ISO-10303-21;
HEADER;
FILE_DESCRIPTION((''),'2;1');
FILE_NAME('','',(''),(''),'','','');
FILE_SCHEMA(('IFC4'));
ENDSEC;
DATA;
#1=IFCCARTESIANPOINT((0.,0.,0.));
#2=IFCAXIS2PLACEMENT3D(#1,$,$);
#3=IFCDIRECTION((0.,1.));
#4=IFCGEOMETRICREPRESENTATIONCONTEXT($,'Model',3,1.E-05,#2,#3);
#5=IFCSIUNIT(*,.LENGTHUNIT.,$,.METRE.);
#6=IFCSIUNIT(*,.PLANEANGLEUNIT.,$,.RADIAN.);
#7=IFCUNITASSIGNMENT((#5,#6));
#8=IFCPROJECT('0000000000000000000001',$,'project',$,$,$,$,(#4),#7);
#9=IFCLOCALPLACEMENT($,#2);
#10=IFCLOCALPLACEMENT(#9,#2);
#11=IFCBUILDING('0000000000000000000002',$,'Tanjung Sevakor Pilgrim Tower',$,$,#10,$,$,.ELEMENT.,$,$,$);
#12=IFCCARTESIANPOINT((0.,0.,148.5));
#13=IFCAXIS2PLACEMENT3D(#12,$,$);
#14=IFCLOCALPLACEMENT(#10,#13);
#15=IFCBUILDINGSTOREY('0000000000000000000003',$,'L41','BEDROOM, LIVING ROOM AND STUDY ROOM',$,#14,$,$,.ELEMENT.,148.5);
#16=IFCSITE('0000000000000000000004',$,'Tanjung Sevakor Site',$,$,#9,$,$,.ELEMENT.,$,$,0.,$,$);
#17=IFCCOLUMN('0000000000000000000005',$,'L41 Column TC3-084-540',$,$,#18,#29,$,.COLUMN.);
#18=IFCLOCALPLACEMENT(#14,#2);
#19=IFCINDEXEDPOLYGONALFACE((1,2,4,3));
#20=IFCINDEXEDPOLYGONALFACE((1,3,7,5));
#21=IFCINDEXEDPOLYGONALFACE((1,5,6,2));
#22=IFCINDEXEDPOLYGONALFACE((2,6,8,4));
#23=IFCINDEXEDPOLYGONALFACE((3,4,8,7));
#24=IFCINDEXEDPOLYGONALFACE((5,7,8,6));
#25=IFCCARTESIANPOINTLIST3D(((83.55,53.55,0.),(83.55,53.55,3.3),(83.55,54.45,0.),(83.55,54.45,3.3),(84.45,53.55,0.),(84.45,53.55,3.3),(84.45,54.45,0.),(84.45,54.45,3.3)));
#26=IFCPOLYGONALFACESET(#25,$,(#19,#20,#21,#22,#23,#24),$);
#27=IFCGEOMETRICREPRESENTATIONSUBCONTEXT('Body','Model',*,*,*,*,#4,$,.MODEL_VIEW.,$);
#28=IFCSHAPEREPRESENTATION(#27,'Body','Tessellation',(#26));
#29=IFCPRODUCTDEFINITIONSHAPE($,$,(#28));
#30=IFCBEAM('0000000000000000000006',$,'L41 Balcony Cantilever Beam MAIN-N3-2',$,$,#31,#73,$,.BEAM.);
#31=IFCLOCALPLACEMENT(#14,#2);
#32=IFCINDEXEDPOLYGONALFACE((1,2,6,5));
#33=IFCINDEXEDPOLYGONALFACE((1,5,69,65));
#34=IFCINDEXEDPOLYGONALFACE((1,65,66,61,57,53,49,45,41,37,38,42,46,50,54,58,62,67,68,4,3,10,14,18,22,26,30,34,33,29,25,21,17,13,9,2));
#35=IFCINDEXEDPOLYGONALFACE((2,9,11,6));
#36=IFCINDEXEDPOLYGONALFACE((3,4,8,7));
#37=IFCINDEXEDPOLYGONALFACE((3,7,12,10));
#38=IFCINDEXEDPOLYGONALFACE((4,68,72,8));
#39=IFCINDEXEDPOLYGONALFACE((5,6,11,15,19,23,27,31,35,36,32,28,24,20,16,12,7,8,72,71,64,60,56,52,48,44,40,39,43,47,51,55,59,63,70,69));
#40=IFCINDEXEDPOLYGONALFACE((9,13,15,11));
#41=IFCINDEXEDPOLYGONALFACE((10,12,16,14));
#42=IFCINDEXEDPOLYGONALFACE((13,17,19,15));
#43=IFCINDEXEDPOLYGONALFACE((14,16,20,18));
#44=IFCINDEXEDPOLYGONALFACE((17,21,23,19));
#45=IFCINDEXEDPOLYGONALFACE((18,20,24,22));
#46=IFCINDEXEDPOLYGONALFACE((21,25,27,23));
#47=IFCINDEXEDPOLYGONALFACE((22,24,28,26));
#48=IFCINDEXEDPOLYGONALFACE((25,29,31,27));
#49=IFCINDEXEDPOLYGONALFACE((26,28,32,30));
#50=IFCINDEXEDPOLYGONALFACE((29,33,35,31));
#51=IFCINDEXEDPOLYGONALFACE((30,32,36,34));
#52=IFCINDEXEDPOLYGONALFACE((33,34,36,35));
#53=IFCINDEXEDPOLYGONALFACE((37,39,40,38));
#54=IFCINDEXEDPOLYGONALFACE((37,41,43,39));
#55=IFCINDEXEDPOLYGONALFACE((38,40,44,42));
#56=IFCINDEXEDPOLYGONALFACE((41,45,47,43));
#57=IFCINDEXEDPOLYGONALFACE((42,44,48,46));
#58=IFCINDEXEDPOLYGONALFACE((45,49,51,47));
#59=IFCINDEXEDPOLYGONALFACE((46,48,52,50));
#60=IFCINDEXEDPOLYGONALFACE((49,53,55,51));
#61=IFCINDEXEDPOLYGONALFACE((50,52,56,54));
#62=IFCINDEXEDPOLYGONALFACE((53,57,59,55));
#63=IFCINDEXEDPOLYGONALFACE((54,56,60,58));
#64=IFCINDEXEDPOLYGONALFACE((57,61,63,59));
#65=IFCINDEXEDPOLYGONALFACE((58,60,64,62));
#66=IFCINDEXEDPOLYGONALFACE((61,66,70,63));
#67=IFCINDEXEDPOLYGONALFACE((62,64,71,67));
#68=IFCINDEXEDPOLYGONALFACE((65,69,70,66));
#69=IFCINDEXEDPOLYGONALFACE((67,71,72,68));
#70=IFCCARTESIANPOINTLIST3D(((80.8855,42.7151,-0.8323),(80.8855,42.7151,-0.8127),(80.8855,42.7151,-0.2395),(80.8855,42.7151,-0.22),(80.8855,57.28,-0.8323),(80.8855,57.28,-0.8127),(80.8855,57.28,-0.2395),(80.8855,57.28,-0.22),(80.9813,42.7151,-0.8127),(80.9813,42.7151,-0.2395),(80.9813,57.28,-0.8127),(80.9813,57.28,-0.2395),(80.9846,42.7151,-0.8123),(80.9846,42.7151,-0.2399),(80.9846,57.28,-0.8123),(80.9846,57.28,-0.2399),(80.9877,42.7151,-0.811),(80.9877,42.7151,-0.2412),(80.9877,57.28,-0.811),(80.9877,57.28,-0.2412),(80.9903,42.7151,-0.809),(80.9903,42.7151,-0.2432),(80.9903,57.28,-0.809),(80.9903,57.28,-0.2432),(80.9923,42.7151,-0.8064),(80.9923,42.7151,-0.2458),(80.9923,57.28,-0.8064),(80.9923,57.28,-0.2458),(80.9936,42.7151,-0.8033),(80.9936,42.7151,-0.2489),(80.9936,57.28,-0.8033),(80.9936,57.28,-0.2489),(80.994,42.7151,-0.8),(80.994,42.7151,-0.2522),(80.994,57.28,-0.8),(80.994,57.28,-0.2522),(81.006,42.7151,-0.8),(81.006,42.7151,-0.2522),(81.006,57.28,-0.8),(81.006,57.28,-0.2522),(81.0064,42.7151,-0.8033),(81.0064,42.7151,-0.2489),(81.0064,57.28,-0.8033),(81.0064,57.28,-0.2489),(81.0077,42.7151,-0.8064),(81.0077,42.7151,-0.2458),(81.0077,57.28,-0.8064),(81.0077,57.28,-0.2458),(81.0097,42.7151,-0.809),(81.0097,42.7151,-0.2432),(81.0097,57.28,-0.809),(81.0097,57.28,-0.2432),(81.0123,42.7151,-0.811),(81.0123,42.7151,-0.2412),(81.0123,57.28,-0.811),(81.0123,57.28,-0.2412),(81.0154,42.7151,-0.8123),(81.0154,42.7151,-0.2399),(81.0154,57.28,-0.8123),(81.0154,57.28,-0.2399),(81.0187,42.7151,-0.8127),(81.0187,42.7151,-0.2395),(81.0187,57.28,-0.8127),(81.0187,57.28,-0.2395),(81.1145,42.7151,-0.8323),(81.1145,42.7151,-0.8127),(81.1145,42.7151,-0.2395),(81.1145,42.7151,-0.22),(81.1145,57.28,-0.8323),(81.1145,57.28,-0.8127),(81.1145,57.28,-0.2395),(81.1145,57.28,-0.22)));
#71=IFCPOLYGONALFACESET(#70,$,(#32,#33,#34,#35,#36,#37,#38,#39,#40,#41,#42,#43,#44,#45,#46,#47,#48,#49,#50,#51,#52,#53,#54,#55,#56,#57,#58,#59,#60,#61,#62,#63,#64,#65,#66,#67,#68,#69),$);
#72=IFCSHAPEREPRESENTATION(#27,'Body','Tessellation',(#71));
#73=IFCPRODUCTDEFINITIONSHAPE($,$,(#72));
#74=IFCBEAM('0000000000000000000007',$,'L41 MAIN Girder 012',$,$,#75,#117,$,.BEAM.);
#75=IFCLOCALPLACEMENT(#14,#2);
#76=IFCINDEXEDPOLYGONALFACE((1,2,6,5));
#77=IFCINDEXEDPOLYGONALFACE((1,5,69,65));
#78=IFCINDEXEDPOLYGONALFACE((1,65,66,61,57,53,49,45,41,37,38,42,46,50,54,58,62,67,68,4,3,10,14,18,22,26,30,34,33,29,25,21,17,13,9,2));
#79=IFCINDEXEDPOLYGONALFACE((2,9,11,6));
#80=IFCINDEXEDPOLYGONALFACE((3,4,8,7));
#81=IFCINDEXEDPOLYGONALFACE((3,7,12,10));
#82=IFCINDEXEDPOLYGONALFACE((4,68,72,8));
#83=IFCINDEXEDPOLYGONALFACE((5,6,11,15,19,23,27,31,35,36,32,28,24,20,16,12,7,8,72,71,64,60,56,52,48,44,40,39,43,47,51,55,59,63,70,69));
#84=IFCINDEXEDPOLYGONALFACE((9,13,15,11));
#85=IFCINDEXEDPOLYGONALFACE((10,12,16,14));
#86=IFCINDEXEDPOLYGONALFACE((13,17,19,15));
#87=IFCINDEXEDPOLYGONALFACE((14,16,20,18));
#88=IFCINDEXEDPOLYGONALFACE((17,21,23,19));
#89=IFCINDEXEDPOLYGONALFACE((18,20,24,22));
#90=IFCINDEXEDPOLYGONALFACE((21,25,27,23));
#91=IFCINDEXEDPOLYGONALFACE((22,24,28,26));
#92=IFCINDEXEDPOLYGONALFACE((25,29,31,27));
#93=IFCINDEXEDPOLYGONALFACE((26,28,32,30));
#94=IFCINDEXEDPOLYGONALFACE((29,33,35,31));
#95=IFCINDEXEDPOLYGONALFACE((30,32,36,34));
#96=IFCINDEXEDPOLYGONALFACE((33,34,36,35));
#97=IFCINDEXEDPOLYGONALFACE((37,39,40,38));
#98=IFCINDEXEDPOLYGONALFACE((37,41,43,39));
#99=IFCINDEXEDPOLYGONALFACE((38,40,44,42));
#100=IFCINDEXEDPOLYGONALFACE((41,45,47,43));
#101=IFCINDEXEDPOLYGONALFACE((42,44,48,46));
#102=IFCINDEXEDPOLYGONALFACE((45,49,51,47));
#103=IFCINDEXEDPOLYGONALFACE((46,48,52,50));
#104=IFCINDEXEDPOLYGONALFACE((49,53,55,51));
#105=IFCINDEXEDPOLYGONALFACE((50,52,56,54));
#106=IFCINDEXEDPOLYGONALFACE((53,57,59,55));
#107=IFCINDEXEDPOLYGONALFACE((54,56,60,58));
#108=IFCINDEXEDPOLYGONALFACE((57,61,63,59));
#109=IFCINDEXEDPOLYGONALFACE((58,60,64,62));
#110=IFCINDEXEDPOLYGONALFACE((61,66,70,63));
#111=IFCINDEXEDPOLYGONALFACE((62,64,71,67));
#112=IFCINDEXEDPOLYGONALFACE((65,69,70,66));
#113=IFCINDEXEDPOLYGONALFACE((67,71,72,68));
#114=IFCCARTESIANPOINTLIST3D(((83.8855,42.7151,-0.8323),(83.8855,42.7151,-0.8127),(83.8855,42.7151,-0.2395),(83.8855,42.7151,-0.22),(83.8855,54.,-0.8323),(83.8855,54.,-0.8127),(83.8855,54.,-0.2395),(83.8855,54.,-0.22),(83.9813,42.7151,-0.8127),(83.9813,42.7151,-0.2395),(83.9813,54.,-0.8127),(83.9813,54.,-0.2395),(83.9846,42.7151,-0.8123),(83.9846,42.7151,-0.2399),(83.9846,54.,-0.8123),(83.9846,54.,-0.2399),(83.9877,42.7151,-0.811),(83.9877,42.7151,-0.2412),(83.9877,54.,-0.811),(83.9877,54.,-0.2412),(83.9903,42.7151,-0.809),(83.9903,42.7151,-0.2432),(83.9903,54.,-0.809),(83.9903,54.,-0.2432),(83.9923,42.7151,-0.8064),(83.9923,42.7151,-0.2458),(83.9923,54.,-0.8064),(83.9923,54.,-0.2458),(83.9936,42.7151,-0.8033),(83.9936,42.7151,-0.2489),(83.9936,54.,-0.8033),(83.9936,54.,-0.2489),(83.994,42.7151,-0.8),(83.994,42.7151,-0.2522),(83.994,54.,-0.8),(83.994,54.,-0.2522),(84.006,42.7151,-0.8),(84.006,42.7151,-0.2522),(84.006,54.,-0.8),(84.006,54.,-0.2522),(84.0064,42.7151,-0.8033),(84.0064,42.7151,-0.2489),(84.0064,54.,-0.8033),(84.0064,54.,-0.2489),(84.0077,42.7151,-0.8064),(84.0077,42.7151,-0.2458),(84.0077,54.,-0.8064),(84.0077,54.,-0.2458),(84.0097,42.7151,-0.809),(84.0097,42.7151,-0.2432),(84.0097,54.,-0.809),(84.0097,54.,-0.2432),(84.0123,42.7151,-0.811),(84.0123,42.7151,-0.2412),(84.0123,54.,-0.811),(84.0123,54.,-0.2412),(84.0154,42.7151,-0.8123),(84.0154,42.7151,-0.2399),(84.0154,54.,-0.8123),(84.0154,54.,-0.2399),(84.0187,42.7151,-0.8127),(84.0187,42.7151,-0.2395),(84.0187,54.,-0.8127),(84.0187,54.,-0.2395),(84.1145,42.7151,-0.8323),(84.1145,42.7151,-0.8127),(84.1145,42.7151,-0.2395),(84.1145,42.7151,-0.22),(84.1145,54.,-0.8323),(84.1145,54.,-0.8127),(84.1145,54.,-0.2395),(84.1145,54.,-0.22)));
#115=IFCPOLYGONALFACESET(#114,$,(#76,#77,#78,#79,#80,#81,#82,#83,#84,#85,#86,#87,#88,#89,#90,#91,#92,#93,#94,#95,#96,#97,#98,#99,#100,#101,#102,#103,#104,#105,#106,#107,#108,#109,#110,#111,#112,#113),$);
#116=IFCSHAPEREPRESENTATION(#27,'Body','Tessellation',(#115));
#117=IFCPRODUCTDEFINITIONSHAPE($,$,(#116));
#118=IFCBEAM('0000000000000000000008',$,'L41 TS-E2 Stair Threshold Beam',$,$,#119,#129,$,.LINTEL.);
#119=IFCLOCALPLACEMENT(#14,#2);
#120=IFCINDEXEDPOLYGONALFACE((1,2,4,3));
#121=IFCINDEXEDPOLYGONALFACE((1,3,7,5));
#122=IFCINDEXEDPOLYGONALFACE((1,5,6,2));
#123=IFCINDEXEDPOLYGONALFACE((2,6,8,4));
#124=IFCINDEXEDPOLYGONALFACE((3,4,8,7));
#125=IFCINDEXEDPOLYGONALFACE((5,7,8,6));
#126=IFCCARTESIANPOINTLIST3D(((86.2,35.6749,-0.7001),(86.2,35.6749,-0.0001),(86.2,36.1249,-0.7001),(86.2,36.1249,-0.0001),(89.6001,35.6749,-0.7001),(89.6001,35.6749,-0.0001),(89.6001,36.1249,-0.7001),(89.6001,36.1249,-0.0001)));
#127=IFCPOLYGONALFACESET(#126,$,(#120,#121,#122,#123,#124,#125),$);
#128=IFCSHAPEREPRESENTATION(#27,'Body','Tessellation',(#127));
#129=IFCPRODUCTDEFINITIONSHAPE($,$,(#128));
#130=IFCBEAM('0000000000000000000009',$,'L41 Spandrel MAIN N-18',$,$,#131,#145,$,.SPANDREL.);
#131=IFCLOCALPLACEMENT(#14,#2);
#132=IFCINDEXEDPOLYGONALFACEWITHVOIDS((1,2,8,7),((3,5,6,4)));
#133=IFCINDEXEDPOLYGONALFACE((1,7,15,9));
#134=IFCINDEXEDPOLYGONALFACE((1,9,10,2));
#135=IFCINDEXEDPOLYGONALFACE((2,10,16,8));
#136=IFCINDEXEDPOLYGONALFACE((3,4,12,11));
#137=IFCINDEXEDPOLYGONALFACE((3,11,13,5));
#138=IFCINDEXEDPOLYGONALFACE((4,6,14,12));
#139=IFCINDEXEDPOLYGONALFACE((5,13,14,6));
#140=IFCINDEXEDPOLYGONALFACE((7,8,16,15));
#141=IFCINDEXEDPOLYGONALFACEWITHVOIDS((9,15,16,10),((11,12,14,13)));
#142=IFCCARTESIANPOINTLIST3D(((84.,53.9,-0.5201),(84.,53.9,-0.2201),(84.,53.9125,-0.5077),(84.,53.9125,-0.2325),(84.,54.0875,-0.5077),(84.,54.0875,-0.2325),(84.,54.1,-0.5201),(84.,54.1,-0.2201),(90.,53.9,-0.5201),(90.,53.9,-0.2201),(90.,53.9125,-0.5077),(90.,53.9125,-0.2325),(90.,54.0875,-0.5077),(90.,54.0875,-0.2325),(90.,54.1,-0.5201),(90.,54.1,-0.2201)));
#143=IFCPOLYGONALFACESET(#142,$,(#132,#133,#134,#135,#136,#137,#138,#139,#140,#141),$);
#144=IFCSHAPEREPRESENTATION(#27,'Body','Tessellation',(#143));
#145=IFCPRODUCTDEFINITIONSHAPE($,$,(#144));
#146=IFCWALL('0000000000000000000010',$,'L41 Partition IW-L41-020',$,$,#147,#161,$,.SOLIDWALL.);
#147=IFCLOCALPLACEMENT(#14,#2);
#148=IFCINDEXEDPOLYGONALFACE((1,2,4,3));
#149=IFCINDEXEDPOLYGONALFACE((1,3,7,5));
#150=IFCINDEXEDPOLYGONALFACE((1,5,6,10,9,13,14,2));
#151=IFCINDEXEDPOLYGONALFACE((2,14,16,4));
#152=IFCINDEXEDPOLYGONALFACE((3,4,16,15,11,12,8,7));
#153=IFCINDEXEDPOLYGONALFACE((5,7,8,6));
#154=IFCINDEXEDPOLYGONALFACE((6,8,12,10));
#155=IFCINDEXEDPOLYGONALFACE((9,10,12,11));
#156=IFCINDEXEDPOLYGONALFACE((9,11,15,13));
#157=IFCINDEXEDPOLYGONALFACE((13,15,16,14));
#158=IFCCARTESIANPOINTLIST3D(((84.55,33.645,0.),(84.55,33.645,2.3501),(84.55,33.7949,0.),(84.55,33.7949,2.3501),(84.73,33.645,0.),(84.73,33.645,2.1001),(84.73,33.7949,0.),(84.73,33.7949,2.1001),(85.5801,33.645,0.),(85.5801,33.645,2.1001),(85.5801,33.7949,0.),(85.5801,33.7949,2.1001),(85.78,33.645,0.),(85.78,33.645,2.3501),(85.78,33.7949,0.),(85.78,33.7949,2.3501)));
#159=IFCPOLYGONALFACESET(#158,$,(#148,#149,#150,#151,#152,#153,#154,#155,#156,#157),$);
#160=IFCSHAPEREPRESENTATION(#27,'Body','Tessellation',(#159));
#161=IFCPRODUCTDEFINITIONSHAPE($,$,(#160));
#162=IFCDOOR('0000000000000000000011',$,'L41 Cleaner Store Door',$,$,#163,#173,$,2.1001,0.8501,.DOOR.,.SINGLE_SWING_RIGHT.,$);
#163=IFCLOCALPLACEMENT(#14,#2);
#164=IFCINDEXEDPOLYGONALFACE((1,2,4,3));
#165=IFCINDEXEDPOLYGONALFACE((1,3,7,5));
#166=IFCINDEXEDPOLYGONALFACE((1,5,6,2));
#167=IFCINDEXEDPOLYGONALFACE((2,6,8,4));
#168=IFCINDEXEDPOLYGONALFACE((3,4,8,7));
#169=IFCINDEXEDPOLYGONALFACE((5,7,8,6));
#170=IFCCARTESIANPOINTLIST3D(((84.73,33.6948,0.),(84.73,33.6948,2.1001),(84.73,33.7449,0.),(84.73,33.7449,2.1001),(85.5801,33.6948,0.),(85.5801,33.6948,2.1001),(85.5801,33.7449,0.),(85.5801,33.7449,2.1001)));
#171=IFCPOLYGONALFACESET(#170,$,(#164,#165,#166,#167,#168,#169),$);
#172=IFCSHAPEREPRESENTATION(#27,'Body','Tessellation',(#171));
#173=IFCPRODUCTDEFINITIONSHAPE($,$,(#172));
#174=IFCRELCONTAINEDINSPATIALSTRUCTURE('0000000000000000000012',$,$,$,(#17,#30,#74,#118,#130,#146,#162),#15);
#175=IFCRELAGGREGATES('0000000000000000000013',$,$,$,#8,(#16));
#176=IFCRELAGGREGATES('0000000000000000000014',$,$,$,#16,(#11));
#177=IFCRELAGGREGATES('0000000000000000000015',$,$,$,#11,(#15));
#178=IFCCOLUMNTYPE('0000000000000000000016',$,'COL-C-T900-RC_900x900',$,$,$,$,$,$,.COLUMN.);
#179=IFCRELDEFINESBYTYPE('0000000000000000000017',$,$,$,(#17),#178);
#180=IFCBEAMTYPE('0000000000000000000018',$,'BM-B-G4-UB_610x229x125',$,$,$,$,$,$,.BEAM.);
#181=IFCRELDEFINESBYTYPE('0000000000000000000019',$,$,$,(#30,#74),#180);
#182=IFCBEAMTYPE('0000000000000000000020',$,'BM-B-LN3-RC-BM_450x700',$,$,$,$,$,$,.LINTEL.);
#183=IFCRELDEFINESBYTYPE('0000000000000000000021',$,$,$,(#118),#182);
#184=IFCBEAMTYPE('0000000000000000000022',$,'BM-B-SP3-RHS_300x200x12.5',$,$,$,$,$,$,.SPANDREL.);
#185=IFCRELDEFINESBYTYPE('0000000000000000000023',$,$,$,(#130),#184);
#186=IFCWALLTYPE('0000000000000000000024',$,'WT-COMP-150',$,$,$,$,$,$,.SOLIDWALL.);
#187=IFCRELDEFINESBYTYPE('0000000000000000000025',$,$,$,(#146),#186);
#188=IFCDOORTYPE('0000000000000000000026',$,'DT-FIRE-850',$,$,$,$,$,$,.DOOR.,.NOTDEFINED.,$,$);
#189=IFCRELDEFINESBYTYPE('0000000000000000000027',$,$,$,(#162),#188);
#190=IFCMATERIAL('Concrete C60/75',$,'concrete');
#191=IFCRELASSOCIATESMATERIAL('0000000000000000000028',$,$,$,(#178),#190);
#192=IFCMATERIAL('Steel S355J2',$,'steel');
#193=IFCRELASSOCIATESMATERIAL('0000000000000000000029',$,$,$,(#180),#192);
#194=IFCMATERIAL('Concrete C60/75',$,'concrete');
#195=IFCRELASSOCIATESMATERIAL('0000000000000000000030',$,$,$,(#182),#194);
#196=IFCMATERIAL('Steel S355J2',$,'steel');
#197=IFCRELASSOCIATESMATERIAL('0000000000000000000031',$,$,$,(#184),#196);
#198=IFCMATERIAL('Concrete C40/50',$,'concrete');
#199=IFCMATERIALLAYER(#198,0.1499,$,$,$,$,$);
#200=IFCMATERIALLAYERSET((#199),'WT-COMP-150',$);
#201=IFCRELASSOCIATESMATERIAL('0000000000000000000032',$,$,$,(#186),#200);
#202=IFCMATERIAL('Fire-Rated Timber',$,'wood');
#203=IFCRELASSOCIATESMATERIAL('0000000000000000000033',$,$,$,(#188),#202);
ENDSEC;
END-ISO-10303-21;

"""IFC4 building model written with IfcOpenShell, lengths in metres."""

from ifc_helpers import new_model, si_unit, direction, frame, frame_2d, origin, origin_2d, place, context, subcontext, project, spatial, rectangle, hollow_rectangle, i_section, extrude, material, layer, layer_set, material_profile, profile_set, type_object, element, fill, save


model = new_model("IFC4")

# Units and contexts
model_context = context("Model", 3, precision=1e-05, world=origin(), true_north=direction((0.0, 1.0)))
body_context = subcontext(model_context, "Body", "Model", "MODEL_VIEW")
ifc_project = project(units=[si_unit("LENGTHUNIT", "METRE"), si_unit("PLANEANGLEUNIT", "RADIAN")], contexts=[model_context])

# Site, building, storey
site_placement = place(None, origin())
site = spatial("IfcSite", under=ifc_project, at=site_placement, Name="Tanjung Sevakor Site", CompositionType="ELEMENT", RefElevation=0.0)
building_placement = place(site_placement, origin())
building = spatial("IfcBuilding", under=site, at=building_placement, Name="Tanjung Sevakor Pilgrim Tower", CompositionType="ELEMENT")
storey_placement = place(building_placement, frame((0.0, 0.0, 148.5)))
storey = spatial("IfcBuildingStorey", under=building, at=storey_placement, Name="L41", Description="BEDROOM, LIVING ROOM AND STUDY ROOM", CompositionType="ELEMENT", Elevation=148.5)

# Column
ifc_material_1 = material(Name="Concrete C60/75", Category="concrete")
ifc_material_profile_1 = material_profile(ifc_material_1, rectangle(XDim=0.8999, YDim=0.8999, at=origin_2d()))
ifc_profile_set_1 = profile_set([ifc_material_profile_1], Name="Concrete C60/75")
column_type = type_object("IfcColumnType", Name="COL-C-T900-RC_900x900", PredefinedType="COLUMN", material=ifc_profile_set_1)
column_placement = place(storey_placement, frame((84.0, 54.0, 0.0), z_axis=(0.0, 0.0, 1.0), x_axis=(1.0, 0.0, 0.0)))
element("IfcColumn", 1, at=column_placement, inside=storey, type_object=column_type, Name="L41 Column TC3-084-540", PredefinedType="COLUMN", context=body_context, shape_type="SweptSolid", body=[
    extrude(rectangle(XDim=0.8999, YDim=0.8999, at=origin_2d()), origin(), (0.0, 0.0, 1.0), 3.3),
])

# Beams
ifc_material_2 = material(Name="Steel S355J2", Category="steel")
ifc_material_profile_2 = material_profile(ifc_material_2, i_section(OverallWidth=0.229, OverallDepth=0.6123, WebThickness=0.012, FlangeThickness=0.0195, FilletRadius=0.0127, at=origin_2d()))
ifc_profile_set_2 = profile_set([ifc_material_profile_2], Name="Steel S355J2")
beam_type_1 = type_object("IfcBeamType", Name="BM-B-G4-UB_610x229x125", PredefinedType="BEAM", material=ifc_profile_set_2)
beam_1_placement = place(storey_placement, frame((81.0, 42.7151, -0.5261), z_axis=(0.0, 1.0, 0.0), x_axis=(-1.0, 0.0, 0.0)))
element("IfcBeam", 2, at=beam_1_placement, inside=storey, type_object=beam_type_1, Name="L41 Balcony Cantilever Beam MAIN-N3-2", PredefinedType="BEAM", context=body_context, shape_type="SweptSolid", body=[
    extrude(i_section(OverallWidth=0.229, OverallDepth=0.6123, WebThickness=0.012, FlangeThickness=0.0195, FilletRadius=0.0127, at=origin_2d()), origin(), (0.0, 0.0, 1.0), 14.5649),
])
beam_2_placement = place(storey_placement, frame((84.0, 42.7151, -0.5261), z_axis=(0.0, 1.0, 0.0), x_axis=(-1.0, 0.0, 0.0)))
element("IfcBeam", 3, at=beam_2_placement, inside=storey, type_object=beam_type_1, Name="L41 MAIN Girder 012", PredefinedType="BEAM", context=body_context, shape_type="SweptSolid", body=[
    extrude(i_section(OverallWidth=0.229, OverallDepth=0.6123, WebThickness=0.012, FlangeThickness=0.0195, FilletRadius=0.0127, at=origin_2d()), origin(), (0.0, 0.0, 1.0), 11.2849),
])
ifc_material_3 = material(Name="Concrete C60/75", Category="concrete")
ifc_material_profile_3 = material_profile(ifc_material_3, rectangle(XDim=0.45, YDim=0.7, at=origin_2d()))
ifc_profile_set_3 = profile_set([ifc_material_profile_3], Name="Concrete C60/75")
beam_type_2 = type_object("IfcBeamType", Name="BM-B-LN3-RC-BM_450x700", PredefinedType="LINTEL", material=ifc_profile_set_3)
beam_3_placement = place(storey_placement, frame((86.2, 35.8999, -0.3501), z_axis=(1.0, 0.0, 0.0), x_axis=(0.0, 1.0, 0.0)))
element("IfcBeam", 4, at=beam_3_placement, inside=storey, type_object=beam_type_2, Name="L41 TS-E2 Stair Threshold Beam", PredefinedType="LINTEL", context=body_context, shape_type="SweptSolid", body=[
    extrude(rectangle(XDim=0.45, YDim=0.7, at=origin_2d()), origin(), (0.0, 0.0, 1.0), 3.4001),
])
ifc_material_4 = material(Name="Steel S355J2", Category="steel")
ifc_material_profile_4 = material_profile(ifc_material_4, hollow_rectangle(XDim=0.2, YDim=0.3, WallThickness=0.0125, at=origin_2d()))
ifc_profile_set_4 = profile_set([ifc_material_profile_4], Name="Steel S355J2")
beam_type_3 = type_object("IfcBeamType", Name="BM-B-SP3-RHS_300x200x12.5", PredefinedType="SPANDREL", material=ifc_profile_set_4)
beam_4_placement = place(storey_placement, frame((84.0, 54.0, -0.3701), z_axis=(1.0, 0.0, 0.0), x_axis=(0.0, 1.0, 0.0)))
element("IfcBeam", 5, at=beam_4_placement, inside=storey, type_object=beam_type_3, Name="L41 Spandrel MAIN N-18", PredefinedType="SPANDREL", context=body_context, shape_type="SweptSolid", body=[
    extrude(hollow_rectangle(XDim=0.2, YDim=0.3, WallThickness=0.0125, at=origin_2d()), origin(), (0.0, 0.0, 1.0), 6.0),
])

# Wall, opening, door
ifc_material_5 = material(Name="Concrete C40/50", Category="concrete")
ifc_layer_1 = layer(ifc_material_5, 0.1499)
ifc_layer_set_1 = layer_set([ifc_layer_1], Name="WT-COMP-150")
wall_type_1 = type_object("IfcWallType", Name="WT-COMP-150", PredefinedType="SOLIDWALL", material=ifc_layer_set_1)
wall_1_placement = place(storey_placement, frame((84.55, 33.72, 0.0), z_axis=(0.0, 0.0, 1.0), x_axis=(1.0, 0.0, 0.0)))
wall_1 = element("IfcWall", 6, at=wall_1_placement, inside=storey, type_object=wall_type_1, Name="L41 Partition IW-L41-020", PredefinedType="SOLIDWALL", context=body_context, shape_type="SweptSolid", body=[
    extrude(rectangle(XDim=1.23, YDim=0.1499, at=frame_2d((0.615, 0.0))), origin(), (0.0, 0.0, 1.0), 2.3501),
])
opening_1_placement = place(wall_1_placement, frame((0.1799, 0.0, 0.0)))
opening_1 = element("IfcOpeningElement", 7, at=opening_1_placement, cuts=wall_1, PredefinedType="OPENING", context=body_context, shape_type="SweptSolid", body=[
    extrude(rectangle(XDim=0.8501, YDim=2.1001, at=frame_2d((0.425, 1.05))), frame((0.0, 0.085, 0.0), z_axis=(0.0, -1.0, 0.0), x_axis=(1.0, 0.0, 0.0)), (0.0, 0.0, 1.0), 0.1699),
])
ifc_material_6 = material(Name="Fire-Rated Timber", Category="wood")
door_type_1 = type_object("IfcDoorType", Name="DT-FIRE-850", OperationType="NOTDEFINED", PredefinedType="DOOR", material=ifc_material_6)
door_1_placement = place(opening_1_placement, origin())
door_1 = element("IfcDoor", 8, at=door_1_placement, inside=storey, type_object=door_type_1, Name="L41 Cleaner Store Door", OperationType="SINGLE_SWING_RIGHT", OverallHeight=2.1001, OverallWidth=0.8501, PredefinedType="DOOR", context=body_context, shape_type="SweptSolid", body=[
    extrude(rectangle(XDim=0.8501, YDim=2.1001, at=frame_2d((0.425, 1.05))), frame((0.0, 0.0249, 0.0), z_axis=(0.0, -1.0, 0.0), x_axis=(1.0, 0.0, 0.0)), (0.0, 0.0, 1.0), 0.05),
])
fill(opening_1, door_1)

save(model, "model.ifc")
